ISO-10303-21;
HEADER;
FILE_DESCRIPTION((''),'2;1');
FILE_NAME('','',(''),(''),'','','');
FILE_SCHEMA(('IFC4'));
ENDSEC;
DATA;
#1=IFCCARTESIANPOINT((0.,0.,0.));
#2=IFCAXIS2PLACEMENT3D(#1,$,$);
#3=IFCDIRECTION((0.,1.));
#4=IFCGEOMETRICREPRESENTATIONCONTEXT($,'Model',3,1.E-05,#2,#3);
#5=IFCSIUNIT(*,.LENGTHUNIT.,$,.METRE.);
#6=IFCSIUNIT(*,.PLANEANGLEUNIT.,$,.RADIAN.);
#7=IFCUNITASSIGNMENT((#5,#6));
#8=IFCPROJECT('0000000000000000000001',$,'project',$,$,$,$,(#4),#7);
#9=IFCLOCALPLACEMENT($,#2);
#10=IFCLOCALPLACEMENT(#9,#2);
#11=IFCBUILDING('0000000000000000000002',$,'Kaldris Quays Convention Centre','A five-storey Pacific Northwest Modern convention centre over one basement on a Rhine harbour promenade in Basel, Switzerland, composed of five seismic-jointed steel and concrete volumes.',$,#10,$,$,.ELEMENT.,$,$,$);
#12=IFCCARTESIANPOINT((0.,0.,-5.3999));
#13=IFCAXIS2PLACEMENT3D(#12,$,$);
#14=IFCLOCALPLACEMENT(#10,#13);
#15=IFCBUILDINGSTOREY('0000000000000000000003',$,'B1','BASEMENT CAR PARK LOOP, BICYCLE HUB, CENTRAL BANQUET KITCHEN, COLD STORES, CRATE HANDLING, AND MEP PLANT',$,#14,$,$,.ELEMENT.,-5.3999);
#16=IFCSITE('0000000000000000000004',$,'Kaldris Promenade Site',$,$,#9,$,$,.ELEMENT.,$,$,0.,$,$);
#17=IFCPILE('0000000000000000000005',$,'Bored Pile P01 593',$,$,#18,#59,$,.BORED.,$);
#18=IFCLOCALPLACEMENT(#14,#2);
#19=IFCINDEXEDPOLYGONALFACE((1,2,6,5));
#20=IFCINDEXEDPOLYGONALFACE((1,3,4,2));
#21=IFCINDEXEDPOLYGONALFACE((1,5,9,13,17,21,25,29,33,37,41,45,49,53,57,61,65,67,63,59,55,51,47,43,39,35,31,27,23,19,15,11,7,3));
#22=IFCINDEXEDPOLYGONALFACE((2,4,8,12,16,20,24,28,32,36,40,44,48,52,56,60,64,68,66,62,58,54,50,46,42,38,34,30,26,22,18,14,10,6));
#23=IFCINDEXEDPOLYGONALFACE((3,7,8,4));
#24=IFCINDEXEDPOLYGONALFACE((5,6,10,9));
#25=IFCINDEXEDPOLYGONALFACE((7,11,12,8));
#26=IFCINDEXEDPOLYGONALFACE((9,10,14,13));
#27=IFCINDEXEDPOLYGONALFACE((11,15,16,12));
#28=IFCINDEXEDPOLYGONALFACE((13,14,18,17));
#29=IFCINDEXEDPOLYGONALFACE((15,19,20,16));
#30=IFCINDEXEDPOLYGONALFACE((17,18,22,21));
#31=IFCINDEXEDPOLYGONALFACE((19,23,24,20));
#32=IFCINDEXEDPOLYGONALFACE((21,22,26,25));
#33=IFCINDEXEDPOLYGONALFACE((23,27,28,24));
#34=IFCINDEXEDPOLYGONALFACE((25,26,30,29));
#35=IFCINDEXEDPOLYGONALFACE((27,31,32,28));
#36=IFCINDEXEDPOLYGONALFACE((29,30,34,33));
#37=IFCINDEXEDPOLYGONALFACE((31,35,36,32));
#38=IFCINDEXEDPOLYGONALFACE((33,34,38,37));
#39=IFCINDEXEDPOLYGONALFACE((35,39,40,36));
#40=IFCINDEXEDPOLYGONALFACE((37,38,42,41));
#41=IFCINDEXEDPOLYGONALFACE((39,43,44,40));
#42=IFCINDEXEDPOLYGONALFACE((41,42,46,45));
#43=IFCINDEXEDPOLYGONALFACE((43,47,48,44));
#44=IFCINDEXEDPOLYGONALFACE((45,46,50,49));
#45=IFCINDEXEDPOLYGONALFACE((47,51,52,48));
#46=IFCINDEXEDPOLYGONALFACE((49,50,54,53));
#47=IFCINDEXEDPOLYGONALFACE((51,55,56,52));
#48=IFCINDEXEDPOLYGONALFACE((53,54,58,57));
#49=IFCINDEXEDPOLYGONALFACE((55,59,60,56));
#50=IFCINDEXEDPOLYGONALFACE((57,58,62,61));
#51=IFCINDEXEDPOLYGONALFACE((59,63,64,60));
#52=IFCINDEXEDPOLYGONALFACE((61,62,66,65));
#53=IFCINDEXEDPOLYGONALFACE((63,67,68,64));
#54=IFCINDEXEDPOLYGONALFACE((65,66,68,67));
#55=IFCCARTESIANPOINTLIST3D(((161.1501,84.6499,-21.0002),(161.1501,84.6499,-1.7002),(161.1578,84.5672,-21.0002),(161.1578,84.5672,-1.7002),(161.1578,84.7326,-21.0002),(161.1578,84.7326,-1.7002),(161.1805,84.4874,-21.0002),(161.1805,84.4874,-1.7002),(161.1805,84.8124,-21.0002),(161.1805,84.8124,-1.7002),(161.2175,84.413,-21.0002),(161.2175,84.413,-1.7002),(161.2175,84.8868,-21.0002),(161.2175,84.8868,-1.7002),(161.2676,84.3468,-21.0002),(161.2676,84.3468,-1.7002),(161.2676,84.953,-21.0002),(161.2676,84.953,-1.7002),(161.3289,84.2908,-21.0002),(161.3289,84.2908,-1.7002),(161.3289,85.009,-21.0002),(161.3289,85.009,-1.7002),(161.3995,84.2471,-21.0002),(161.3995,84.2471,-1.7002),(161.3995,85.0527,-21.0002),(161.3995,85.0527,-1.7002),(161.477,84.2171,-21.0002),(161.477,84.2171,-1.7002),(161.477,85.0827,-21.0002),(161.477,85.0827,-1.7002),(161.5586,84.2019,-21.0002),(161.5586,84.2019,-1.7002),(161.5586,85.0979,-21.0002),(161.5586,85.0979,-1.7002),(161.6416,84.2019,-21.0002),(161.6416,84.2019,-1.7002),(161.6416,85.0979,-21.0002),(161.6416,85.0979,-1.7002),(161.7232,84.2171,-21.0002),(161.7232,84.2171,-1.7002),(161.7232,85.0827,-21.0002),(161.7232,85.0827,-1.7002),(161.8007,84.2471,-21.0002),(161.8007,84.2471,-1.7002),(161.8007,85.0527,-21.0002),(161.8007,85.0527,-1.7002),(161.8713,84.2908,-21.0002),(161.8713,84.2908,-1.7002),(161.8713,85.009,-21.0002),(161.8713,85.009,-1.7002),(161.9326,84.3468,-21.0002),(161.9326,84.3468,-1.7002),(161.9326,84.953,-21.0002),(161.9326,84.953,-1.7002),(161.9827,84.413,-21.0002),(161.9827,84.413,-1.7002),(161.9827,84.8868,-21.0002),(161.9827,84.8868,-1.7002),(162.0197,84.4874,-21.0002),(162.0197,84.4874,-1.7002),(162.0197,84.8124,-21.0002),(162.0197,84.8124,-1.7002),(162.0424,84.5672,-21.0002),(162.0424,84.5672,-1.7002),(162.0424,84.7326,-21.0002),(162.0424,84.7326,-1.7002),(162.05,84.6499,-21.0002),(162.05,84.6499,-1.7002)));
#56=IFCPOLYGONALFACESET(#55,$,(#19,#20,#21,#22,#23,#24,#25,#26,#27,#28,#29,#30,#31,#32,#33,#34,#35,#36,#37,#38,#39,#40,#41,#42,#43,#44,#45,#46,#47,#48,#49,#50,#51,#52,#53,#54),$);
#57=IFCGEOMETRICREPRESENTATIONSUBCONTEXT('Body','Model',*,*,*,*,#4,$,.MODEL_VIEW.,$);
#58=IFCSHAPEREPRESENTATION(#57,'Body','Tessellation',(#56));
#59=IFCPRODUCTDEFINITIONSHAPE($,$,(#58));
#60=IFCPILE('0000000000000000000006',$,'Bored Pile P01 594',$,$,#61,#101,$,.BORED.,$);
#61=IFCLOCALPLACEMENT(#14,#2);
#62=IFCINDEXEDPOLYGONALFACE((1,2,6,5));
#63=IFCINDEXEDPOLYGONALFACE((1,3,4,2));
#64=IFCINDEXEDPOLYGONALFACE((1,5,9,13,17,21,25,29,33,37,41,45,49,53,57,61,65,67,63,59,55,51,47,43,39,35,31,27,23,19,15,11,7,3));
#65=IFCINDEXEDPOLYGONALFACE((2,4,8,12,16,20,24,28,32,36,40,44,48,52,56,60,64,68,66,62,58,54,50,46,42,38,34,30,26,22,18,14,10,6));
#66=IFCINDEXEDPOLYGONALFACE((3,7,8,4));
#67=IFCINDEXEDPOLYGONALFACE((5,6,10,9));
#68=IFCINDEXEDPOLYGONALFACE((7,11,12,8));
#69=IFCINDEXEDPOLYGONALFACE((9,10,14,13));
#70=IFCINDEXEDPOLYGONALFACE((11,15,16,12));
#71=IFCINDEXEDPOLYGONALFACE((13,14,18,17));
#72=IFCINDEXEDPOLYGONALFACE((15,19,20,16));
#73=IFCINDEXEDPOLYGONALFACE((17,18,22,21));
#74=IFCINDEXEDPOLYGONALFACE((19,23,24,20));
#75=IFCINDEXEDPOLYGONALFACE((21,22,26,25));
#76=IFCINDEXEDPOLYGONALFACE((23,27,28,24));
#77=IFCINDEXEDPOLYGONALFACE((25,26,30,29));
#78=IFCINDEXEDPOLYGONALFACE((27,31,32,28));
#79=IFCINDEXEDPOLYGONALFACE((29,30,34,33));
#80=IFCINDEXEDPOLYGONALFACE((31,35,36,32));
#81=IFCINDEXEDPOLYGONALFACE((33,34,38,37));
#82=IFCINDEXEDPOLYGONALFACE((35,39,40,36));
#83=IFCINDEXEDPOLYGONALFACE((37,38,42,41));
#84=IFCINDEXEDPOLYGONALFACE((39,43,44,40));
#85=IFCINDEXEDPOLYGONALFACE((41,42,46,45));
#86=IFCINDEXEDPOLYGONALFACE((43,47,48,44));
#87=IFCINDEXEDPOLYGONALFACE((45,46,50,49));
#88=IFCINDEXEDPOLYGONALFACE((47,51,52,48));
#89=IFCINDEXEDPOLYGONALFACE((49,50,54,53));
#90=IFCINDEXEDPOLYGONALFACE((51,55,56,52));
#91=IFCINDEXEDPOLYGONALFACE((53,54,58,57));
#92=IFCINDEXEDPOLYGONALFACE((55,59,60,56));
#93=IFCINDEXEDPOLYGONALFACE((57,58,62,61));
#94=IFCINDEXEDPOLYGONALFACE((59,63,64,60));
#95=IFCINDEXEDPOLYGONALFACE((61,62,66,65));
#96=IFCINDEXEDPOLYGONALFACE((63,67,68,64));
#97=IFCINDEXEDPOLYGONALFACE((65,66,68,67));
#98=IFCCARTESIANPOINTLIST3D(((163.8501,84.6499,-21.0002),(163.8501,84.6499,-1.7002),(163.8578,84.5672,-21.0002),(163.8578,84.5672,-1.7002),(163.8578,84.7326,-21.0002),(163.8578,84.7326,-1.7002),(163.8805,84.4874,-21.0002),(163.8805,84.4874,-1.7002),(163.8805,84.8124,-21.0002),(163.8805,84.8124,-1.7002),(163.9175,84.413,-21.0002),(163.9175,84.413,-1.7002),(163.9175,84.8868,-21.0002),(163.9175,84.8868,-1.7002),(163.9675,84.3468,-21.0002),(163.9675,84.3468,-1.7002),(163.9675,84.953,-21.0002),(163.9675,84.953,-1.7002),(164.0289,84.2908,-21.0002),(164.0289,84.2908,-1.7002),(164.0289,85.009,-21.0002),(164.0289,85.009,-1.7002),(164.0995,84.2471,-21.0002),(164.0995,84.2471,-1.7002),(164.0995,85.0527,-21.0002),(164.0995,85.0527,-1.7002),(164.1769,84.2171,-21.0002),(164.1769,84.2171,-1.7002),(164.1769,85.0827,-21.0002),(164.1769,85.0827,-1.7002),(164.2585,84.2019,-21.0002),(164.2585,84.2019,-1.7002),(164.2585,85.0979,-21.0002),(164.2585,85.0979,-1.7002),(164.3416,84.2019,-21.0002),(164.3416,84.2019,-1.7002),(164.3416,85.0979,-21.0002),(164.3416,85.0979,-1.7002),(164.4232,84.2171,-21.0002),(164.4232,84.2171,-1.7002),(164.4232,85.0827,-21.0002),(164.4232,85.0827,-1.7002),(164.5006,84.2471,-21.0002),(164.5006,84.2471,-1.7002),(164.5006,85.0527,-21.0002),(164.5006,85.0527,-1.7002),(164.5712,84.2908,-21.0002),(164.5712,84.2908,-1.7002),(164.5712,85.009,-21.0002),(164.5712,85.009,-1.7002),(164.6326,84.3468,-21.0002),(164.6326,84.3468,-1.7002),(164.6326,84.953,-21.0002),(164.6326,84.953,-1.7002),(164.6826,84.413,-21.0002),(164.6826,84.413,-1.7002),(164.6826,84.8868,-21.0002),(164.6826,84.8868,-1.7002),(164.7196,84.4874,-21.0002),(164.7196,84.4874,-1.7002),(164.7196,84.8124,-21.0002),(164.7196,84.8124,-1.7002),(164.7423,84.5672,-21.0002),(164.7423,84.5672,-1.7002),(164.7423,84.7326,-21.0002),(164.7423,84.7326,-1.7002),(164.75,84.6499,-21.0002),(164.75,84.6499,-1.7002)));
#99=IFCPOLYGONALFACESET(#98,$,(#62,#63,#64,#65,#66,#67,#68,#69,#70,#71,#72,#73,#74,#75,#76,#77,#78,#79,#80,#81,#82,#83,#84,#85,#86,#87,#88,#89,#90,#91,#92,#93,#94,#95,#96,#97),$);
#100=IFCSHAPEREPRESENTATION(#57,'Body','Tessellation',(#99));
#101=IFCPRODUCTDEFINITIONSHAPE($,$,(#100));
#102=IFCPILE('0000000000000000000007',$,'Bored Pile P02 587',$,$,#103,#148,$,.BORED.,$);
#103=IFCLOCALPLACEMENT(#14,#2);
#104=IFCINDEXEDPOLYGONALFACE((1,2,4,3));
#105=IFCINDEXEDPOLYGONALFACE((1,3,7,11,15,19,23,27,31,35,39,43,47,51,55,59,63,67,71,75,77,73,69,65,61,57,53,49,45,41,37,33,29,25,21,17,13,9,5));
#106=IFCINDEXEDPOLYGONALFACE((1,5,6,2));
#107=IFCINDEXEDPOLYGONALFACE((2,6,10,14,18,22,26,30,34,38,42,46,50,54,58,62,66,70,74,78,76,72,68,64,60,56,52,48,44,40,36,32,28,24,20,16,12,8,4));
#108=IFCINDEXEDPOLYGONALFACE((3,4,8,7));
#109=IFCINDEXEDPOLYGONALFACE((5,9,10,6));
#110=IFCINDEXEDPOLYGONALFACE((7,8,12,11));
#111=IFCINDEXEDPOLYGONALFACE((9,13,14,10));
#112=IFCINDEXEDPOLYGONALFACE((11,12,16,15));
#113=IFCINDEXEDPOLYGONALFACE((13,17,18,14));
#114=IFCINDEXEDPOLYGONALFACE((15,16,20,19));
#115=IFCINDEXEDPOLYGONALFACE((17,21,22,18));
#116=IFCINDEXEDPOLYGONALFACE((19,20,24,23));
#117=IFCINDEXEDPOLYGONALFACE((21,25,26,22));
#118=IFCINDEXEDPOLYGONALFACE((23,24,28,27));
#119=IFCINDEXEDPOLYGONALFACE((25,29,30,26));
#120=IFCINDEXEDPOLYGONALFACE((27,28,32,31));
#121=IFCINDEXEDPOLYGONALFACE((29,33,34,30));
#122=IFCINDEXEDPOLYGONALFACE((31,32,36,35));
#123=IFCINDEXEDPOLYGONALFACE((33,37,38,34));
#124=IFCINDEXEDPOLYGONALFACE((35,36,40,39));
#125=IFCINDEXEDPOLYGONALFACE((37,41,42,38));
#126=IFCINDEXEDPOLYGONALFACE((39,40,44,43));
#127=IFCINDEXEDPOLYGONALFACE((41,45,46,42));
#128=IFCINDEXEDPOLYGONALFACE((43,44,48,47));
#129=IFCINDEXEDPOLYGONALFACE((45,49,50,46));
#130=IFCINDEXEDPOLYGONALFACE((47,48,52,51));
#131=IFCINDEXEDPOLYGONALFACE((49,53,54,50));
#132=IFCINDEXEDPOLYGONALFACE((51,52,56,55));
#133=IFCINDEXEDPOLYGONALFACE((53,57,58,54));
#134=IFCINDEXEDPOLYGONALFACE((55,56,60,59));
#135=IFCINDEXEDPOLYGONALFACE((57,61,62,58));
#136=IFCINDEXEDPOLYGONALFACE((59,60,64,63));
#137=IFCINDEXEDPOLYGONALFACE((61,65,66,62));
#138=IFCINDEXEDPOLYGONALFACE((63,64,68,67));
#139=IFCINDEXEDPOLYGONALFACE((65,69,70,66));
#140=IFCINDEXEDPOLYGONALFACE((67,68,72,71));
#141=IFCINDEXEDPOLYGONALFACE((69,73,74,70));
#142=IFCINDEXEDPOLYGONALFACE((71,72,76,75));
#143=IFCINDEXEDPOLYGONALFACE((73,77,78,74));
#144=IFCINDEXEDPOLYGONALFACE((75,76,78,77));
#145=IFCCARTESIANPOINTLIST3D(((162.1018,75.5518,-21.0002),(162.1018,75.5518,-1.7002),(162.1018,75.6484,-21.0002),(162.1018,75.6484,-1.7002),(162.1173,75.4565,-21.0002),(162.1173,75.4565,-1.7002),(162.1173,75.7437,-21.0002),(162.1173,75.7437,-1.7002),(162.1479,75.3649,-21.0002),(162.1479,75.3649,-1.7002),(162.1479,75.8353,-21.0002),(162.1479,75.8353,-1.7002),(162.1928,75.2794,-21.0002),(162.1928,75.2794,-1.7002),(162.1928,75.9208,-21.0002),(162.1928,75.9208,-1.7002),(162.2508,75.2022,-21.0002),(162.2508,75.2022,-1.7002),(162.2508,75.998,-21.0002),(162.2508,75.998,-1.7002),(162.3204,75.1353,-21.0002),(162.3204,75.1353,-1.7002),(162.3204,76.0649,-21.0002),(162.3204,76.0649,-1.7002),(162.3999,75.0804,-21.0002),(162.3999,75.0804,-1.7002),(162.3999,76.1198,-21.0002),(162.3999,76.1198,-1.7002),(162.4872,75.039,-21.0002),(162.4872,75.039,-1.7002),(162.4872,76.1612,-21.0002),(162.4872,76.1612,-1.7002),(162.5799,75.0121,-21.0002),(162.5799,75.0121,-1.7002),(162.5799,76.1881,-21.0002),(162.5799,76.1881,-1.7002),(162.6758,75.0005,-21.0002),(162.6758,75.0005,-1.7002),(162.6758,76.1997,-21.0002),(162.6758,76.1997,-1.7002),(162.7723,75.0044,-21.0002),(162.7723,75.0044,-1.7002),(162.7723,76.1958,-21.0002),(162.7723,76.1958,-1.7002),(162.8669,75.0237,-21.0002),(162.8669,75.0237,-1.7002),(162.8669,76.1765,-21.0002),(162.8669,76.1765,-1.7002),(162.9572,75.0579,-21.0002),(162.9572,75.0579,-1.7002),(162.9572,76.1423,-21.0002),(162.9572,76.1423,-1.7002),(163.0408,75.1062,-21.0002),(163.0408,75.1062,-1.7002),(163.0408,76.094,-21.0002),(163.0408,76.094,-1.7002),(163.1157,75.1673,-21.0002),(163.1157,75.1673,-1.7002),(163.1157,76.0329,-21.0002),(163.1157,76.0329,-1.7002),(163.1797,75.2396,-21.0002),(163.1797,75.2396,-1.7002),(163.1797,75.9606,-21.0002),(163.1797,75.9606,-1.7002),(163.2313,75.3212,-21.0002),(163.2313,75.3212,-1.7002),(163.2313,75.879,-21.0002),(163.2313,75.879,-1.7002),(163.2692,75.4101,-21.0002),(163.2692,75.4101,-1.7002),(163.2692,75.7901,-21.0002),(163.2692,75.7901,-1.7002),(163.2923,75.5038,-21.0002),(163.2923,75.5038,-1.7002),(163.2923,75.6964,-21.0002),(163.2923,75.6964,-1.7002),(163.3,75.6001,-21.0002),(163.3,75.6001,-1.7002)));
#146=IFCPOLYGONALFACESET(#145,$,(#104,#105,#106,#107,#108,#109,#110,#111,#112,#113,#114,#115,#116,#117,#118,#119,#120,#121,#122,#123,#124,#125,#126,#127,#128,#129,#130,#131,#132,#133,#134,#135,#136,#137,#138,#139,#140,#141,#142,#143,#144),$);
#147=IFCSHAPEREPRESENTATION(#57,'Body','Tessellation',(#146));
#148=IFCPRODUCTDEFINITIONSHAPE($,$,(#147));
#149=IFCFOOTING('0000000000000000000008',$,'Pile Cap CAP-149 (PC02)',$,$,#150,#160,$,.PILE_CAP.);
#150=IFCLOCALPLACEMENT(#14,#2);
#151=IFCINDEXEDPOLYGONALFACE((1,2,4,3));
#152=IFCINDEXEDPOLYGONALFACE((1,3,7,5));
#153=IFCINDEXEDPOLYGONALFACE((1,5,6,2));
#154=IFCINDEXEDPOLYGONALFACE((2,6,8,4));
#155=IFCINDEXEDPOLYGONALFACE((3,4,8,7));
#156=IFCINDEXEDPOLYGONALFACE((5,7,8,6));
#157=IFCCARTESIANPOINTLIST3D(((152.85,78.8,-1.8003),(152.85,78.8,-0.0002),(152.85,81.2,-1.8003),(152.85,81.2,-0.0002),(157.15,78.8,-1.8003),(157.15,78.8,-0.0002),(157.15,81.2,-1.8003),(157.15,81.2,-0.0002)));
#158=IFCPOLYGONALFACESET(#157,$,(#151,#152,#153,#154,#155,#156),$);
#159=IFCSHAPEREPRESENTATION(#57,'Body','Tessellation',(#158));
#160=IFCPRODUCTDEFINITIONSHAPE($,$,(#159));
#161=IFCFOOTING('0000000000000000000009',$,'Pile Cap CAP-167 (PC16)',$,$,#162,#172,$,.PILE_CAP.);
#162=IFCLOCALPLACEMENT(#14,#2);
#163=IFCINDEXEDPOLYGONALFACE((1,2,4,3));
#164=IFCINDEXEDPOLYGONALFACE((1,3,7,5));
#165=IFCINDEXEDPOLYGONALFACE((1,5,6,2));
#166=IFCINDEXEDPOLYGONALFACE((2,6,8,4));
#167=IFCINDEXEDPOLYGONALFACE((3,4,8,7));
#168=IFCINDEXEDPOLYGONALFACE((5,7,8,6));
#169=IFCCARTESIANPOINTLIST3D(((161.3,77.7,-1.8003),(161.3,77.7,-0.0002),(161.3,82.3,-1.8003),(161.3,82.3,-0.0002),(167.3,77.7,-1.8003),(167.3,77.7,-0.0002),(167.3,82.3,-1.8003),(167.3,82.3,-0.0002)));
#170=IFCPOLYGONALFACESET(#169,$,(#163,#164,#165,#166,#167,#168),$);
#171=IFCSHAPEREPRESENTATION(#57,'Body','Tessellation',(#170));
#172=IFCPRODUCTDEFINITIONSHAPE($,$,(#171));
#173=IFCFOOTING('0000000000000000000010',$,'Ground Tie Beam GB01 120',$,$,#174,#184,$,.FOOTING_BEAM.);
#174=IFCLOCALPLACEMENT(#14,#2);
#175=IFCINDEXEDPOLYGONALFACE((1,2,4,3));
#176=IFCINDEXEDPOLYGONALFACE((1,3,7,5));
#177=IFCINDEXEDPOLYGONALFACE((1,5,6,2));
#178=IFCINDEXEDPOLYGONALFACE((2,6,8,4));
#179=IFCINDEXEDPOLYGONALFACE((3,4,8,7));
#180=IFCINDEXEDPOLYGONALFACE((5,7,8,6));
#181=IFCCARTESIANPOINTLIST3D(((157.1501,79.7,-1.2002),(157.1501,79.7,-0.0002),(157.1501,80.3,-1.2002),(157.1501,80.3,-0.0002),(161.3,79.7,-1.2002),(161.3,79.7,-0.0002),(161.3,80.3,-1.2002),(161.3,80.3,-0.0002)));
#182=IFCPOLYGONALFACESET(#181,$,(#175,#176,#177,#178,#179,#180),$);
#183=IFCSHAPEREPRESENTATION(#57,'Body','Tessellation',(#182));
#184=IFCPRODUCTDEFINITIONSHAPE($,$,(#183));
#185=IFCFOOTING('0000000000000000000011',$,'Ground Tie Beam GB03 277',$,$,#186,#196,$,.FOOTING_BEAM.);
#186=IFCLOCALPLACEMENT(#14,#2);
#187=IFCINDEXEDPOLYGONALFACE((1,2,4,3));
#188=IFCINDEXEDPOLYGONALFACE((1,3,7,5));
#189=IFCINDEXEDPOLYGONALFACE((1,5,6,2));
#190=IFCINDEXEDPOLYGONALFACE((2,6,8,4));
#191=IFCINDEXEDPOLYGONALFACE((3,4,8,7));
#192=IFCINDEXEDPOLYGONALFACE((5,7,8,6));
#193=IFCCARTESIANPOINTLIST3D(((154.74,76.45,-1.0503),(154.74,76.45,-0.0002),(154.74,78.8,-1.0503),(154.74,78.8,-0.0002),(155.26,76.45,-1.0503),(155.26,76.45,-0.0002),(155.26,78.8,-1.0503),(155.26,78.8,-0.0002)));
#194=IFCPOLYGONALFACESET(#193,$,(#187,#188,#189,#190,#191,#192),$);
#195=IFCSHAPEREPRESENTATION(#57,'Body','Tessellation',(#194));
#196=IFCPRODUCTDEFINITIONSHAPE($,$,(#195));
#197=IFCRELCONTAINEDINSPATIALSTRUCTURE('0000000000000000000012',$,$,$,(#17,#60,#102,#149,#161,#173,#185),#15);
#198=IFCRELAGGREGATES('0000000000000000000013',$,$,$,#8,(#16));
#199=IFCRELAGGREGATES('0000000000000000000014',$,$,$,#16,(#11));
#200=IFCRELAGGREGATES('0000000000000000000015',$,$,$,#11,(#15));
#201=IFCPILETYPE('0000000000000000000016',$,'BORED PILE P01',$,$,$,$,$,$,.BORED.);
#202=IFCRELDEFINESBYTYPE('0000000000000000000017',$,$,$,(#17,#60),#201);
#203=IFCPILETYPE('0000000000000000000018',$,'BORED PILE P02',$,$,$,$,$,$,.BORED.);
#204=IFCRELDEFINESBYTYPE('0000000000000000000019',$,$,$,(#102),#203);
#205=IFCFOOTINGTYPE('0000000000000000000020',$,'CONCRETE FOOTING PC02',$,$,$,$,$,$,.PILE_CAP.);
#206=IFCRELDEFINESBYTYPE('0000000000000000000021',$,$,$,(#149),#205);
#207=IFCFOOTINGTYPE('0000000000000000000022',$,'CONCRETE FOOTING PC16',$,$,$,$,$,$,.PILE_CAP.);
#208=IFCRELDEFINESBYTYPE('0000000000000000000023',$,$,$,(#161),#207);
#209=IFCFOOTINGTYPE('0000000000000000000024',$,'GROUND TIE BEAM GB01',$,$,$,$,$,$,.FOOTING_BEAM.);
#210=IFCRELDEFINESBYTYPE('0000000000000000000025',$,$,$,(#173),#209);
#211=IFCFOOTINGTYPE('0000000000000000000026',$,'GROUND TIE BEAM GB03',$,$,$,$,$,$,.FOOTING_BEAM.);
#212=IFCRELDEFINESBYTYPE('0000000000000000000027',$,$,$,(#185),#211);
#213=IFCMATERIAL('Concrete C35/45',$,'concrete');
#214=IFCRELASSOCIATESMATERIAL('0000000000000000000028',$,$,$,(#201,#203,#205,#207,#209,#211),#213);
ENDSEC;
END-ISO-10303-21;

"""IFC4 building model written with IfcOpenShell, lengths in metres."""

from ifc_helpers import new_model, si_unit, direction, frame, origin, origin_2d, place, context, subcontext, project, spatial, rectangle, circle, extrude, material, material_profile, profile_set, type_object, element, save


model = new_model("IFC4")

# Units and contexts
model_context = context("Model", 3, precision=1e-05, world=origin(), true_north=direction((0.0, 1.0)))
body_context = subcontext(model_context, "Body", "Model", "MODEL_VIEW")
ifc_project = project(units=[si_unit("LENGTHUNIT", "METRE"), si_unit("PLANEANGLEUNIT", "RADIAN")], contexts=[model_context])

# Site, building, storey
site_placement = place(None, origin())
site = spatial("IfcSite", under=ifc_project, at=site_placement, Name="Kaldris Promenade Site", CompositionType="ELEMENT", RefElevation=0.0)
building_placement = place(site_placement, origin())
building = spatial("IfcBuilding", under=site, at=building_placement, Name="Kaldris Quays Convention Centre", Description="A five-storey Pacific Northwest Modern convention centre over one basement on a Rhine harbour promenade in Basel, Switzerland, composed of five seismic-jointed steel and concrete volumes.", CompositionType="ELEMENT")
storey_placement = place(building_placement, frame((0.0, 0.0, -5.3999)))
storey = spatial("IfcBuildingStorey", under=building, at=storey_placement, Name="B1", Description="BASEMENT CAR PARK LOOP, BICYCLE HUB, CENTRAL BANQUET KITCHEN, COLD STORES, CRATE HANDLING, AND MEP PLANT", CompositionType="ELEMENT", Elevation=-5.3999)

# Piles
ifc_material_1 = material(Name="Concrete C35/45", Category="concrete")
ifc_material_profile_1 = material_profile(ifc_material_1, circle(Radius=0.45, at=origin_2d()), Name="BORED PILE D900")
ifc_profile_set_1 = profile_set([ifc_material_profile_1], Name="Concrete C35/45")
pile_type_1 = type_object("IfcPileType", Name="BORED PILE P01", PredefinedType="BORED", material=ifc_profile_set_1)
for number, where, z_axis, x_axis, name in (
    (1, (161.6001, 84.6499, -1.7002), (0.0, 0.0, -1.0), (1.0, 0.0, 0.0), "Bored Pile P01 593"),
    (2, (164.3, 84.6499, -1.7002), (0.0, 0.0, -1.0), (1.0, 0.0, 0.0), "Bored Pile P01 594"),
):
    element("IfcPile", number, at=place(storey_placement, frame(where, z_axis=z_axis, x_axis=x_axis)), inside=storey, type_object=pile_type_1, Name=name, PredefinedType="BORED", context=body_context, shape_type="SweptSolid", body=[
        extrude(circle(Radius=0.45, at=origin_2d()), origin(), (0.0, 0.0, 1.0), 19.3),
    ])
ifc_material_profile_2 = material_profile(ifc_material_1, circle(Radius=0.6001, at=origin_2d()), Name="BORED PILE D1200")
ifc_profile_set_2 = profile_set([ifc_material_profile_2], Name="Concrete C35/45")
pile_type_2 = type_object("IfcPileType", Name="BORED PILE P02", PredefinedType="BORED", material=ifc_profile_set_2)
pile_placement = place(storey_placement, frame((162.7, 75.6001, -1.7002), z_axis=(0.0, 0.0, -1.0), x_axis=(1.0, 0.0, 0.0)))
element("IfcPile", 3, at=pile_placement, inside=storey, type_object=pile_type_2, Name="Bored Pile P02 587", PredefinedType="BORED", context=body_context, shape_type="SweptSolid", body=[
    extrude(circle(Radius=0.6001, at=origin_2d()), origin(), (0.0, 0.0, 1.0), 19.3),
])

# Footings
footing_type_1 = type_object("IfcFootingType", Name="CONCRETE FOOTING PC02", PredefinedType="PILE_CAP", material=ifc_material_1)
footing_1_placement = place(storey_placement, frame((155.0, 80.0, -1.8003), z_axis=(0.0, 0.0, 1.0), x_axis=(1.0, 0.0, 0.0)))
element("IfcFooting", 4, at=footing_1_placement, inside=storey, type_object=footing_type_1, Name="Pile Cap CAP-149 (PC02)", PredefinedType="PILE_CAP", context=body_context, shape_type="SweptSolid", body=[
    extrude(rectangle(XDim=4.3, YDim=2.3999, at=origin_2d()), origin(), (0.0, 0.0, 1.0), 1.8),
])
footing_type_2 = type_object("IfcFootingType", Name="CONCRETE FOOTING PC16", PredefinedType="PILE_CAP", material=ifc_material_1)
footing_2_placement = place(storey_placement, frame((164.3, 80.0, -1.8003), z_axis=(0.0, 0.0, 1.0), x_axis=(1.0, 0.0, 0.0)))
element("IfcFooting", 5, at=footing_2_placement, inside=storey, type_object=footing_type_2, Name="Pile Cap CAP-167 (PC16)", PredefinedType="PILE_CAP", context=body_context, shape_type="SweptSolid", body=[
    extrude(rectangle(XDim=6.0, YDim=4.6001, at=origin_2d()), origin(), (0.0, 0.0, 1.0), 1.8),
])
footing_type_3 = type_object("IfcFootingType", Name="GROUND TIE BEAM GB01", PredefinedType="FOOTING_BEAM", material=ifc_material_1)
footing_3_placement = place(storey_placement, frame((159.2251, 80.0, -1.2002), z_axis=(0.0, 0.0, 1.0), x_axis=(1.0, 0.0, 0.0)))
element("IfcFooting", 6, at=footing_3_placement, inside=storey, type_object=footing_type_3, Name="Ground Tie Beam GB01 120", PredefinedType="FOOTING_BEAM", context=body_context, shape_type="SweptSolid", body=[
    extrude(rectangle(XDim=4.1499, YDim=0.6001, at=origin_2d()), origin(), (0.0, 0.0, 1.0), 1.2),
])
footing_type_4 = type_object("IfcFootingType", Name="GROUND TIE BEAM GB03", PredefinedType="FOOTING_BEAM", material=ifc_material_1)
footing_4_placement = place(storey_placement, frame((155.0, 77.625, -1.0503), z_axis=(0.0, 0.0, 1.0), x_axis=(1.0, 0.0, 0.0)))
element("IfcFooting", 7, at=footing_4_placement, inside=storey, type_object=footing_type_4, Name="Ground Tie Beam GB03 277", PredefinedType="FOOTING_BEAM", context=body_context, shape_type="SweptSolid", body=[
    extrude(rectangle(XDim=0.52, YDim=2.3501, at=origin_2d()), origin(), (0.0, 0.0, 1.0), 1.05),
])

save(model, "model.ifc")
